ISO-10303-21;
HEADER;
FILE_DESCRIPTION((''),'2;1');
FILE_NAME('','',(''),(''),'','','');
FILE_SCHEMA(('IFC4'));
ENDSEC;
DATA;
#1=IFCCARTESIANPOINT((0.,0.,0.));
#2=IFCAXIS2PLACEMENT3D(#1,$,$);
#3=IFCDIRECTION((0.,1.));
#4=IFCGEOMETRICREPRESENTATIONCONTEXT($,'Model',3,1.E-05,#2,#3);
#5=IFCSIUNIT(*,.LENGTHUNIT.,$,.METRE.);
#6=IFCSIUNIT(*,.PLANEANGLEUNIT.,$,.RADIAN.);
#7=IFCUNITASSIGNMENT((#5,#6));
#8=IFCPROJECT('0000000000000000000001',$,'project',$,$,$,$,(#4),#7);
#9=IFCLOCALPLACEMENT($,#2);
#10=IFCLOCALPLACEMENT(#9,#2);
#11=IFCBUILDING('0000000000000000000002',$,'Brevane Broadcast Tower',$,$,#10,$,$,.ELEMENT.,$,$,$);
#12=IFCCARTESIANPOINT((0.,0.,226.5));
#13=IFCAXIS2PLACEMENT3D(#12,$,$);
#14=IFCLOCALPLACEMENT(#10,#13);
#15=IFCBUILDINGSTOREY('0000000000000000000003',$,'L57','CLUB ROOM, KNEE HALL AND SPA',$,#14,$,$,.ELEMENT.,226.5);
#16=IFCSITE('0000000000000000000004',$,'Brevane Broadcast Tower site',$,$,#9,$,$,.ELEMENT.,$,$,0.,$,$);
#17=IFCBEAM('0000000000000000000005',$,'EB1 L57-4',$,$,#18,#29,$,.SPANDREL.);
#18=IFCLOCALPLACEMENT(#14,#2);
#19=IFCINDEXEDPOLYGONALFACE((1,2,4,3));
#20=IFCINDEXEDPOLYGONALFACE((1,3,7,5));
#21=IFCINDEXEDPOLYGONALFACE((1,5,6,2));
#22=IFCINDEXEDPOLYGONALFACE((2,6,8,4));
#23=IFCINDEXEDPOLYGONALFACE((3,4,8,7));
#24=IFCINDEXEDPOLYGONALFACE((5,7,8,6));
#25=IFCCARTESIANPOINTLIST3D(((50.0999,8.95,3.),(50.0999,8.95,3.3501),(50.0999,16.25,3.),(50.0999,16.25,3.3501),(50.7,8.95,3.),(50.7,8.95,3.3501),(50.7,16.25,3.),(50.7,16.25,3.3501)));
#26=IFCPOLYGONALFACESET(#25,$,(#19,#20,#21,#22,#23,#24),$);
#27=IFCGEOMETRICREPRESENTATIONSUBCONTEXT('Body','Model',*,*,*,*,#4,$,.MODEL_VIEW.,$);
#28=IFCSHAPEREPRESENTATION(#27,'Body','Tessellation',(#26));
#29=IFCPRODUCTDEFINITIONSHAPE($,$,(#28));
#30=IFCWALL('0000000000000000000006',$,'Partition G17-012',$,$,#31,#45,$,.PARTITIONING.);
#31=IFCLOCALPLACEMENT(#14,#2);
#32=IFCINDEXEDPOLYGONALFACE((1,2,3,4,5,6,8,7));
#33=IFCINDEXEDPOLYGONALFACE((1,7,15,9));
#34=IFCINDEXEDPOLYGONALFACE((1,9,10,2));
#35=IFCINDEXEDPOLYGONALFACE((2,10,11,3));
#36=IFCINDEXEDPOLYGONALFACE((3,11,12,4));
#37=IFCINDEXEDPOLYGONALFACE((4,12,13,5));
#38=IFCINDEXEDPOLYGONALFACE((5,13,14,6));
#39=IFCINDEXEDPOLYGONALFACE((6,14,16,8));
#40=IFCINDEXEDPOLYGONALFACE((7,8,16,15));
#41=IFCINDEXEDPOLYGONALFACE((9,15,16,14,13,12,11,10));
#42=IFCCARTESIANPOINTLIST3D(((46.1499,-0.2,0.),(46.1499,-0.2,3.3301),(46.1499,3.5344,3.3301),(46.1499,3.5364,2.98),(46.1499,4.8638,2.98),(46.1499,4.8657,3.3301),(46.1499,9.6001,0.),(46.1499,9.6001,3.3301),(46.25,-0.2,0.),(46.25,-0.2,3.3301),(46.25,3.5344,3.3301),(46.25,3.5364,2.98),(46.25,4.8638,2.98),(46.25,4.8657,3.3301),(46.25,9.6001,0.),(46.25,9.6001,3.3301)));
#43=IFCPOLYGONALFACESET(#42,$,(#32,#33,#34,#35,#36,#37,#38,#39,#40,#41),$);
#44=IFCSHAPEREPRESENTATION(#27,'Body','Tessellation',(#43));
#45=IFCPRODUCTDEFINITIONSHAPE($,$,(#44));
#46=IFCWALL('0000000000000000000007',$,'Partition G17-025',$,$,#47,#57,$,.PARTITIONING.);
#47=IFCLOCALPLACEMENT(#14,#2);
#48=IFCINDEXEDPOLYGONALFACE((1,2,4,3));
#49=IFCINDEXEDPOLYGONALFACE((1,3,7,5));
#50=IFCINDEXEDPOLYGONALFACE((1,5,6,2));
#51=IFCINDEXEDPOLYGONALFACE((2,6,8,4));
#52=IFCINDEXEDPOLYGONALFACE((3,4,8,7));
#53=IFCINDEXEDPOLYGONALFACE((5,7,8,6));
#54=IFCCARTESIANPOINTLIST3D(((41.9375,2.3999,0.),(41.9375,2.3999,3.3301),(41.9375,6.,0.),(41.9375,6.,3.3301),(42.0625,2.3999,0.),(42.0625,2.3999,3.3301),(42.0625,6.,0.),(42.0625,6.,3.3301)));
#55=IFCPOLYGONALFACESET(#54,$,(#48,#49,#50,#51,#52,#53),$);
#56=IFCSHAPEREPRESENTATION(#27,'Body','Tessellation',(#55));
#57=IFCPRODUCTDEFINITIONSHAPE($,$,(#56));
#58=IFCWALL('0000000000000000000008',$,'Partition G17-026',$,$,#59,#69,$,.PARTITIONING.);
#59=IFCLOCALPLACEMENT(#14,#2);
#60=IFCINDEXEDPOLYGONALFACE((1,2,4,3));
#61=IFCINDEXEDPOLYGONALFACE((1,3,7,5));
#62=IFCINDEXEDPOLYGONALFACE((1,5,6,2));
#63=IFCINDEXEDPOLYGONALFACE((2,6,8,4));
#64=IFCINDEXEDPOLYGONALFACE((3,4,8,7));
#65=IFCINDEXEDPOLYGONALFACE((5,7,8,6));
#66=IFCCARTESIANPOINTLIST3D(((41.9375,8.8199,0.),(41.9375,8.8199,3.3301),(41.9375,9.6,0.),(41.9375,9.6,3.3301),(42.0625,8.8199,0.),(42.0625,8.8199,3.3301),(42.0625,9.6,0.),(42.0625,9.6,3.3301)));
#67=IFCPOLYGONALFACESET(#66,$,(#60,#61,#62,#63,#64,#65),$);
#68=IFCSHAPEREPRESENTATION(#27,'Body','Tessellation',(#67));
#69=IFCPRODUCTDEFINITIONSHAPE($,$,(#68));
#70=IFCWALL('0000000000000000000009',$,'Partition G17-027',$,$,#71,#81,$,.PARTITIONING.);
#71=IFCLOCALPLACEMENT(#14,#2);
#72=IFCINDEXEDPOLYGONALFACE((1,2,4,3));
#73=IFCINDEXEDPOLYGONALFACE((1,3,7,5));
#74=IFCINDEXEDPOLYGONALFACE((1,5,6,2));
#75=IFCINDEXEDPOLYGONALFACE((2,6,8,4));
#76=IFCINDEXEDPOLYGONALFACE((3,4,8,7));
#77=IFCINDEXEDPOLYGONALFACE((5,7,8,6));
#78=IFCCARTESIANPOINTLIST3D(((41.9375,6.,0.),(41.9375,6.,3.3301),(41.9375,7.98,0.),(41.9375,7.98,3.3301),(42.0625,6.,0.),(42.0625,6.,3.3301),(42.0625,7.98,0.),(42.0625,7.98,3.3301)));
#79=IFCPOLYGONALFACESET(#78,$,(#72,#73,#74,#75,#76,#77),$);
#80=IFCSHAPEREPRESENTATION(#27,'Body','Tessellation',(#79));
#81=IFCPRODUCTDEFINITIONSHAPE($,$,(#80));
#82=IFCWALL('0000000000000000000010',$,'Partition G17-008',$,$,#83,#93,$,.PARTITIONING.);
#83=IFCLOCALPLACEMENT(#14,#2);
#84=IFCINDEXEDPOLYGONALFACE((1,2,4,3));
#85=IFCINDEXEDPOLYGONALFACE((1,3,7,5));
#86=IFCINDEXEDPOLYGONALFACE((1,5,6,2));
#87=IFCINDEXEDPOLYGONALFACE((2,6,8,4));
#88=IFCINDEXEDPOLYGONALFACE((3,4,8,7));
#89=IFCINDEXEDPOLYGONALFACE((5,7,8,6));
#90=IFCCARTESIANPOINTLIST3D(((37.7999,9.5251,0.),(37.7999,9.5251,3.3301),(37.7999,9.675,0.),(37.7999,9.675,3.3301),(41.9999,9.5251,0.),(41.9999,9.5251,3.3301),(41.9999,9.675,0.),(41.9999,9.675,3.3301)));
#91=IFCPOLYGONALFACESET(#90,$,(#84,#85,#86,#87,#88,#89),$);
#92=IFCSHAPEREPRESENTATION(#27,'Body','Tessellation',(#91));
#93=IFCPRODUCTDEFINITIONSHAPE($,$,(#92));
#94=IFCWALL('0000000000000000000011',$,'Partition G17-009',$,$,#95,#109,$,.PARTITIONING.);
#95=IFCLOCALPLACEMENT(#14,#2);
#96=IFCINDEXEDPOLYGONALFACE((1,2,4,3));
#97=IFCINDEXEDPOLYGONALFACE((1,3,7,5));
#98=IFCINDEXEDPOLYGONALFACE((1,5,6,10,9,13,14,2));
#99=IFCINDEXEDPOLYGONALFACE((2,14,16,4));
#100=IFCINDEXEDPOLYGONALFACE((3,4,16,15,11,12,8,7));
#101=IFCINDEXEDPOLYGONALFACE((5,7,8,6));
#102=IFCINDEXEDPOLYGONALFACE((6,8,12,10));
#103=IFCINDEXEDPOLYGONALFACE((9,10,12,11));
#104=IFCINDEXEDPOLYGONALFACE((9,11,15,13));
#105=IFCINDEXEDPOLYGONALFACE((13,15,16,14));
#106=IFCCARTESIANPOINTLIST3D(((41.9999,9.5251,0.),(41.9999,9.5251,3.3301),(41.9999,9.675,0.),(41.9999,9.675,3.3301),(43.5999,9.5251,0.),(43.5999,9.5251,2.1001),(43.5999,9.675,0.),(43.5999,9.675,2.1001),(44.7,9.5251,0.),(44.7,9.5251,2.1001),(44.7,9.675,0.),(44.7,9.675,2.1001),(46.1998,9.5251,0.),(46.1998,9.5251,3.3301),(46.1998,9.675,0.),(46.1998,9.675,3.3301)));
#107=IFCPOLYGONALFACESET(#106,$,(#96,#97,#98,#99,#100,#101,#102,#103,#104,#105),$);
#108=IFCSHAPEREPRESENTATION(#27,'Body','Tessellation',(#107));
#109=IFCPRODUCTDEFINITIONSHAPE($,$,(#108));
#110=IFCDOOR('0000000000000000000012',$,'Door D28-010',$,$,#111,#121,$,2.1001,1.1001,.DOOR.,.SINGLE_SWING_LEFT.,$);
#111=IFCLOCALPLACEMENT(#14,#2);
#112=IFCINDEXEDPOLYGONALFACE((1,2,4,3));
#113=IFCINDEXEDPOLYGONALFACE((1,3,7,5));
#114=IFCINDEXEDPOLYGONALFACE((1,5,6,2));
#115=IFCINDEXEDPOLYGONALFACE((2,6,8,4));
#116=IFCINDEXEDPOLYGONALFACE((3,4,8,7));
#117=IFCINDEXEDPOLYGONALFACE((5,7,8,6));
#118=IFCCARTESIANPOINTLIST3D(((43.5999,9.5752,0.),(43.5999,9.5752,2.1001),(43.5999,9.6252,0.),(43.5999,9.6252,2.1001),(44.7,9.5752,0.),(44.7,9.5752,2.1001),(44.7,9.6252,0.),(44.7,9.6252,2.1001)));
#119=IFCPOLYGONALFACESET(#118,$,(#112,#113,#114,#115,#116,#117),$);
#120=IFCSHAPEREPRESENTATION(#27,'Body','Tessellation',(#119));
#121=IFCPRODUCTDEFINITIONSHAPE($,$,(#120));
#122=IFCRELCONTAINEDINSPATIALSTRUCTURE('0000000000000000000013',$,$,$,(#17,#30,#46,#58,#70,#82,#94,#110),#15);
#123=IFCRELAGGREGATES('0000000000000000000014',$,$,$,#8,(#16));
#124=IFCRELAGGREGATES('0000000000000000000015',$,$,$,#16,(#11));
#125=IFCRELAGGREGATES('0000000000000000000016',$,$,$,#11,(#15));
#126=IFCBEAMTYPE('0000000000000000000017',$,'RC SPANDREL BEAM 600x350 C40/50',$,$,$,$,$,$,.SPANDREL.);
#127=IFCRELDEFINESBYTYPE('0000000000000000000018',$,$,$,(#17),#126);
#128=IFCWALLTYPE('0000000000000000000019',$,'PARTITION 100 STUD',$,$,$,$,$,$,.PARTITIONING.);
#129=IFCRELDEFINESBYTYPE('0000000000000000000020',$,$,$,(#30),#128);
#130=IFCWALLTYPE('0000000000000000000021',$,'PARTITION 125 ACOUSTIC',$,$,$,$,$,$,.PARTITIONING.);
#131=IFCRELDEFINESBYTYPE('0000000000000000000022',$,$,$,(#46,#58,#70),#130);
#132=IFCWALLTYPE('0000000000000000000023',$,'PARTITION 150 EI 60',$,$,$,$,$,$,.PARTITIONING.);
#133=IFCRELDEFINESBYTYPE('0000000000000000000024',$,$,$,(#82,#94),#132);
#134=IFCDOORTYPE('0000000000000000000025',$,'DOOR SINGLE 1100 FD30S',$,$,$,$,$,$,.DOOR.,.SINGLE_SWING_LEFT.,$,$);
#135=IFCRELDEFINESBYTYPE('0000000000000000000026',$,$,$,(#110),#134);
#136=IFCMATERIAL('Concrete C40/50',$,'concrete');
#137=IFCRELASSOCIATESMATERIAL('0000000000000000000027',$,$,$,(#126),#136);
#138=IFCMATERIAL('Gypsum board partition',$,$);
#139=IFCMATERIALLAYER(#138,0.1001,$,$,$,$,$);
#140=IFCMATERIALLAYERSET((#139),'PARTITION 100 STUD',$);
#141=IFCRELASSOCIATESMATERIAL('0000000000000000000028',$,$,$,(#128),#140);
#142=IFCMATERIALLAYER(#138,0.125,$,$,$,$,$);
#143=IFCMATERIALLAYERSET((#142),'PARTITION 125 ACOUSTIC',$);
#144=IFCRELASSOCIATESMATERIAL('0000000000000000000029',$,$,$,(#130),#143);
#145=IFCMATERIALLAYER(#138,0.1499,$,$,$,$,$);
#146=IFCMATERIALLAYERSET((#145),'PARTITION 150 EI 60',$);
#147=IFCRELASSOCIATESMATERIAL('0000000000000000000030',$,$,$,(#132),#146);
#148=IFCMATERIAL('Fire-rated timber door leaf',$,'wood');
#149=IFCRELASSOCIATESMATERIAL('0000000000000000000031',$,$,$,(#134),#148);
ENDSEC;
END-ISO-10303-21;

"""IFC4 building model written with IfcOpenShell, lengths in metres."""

from ifc_helpers import new_model, si_unit, direction, frame, frame_2d, origin, origin_2d, place, context, subcontext, project, spatial, polyline, rectangle, outline, extrude, material, layer, layer_set, material_profile, profile_set, type_object, element, fill, save


model = new_model("IFC4")

# Units and contexts
model_context = context("Model", 3, precision=1e-05, world=origin(), true_north=direction((0.0, 1.0)))
body_context = subcontext(model_context, "Body", "Model", "MODEL_VIEW")
ifc_project = project(units=[si_unit("LENGTHUNIT", "METRE"), si_unit("PLANEANGLEUNIT", "RADIAN")], contexts=[model_context])

# Site, building, storey
site_placement = place(None, origin())
site = spatial("IfcSite", under=ifc_project, at=site_placement, Name="Brevane Broadcast Tower site", CompositionType="ELEMENT", RefElevation=0.0)
building_placement = place(site_placement, origin())
building = spatial("IfcBuilding", under=site, at=building_placement, Name="Brevane Broadcast Tower", CompositionType="ELEMENT")
storey_placement = place(building_placement, frame((0.0, 0.0, 226.5)))
storey = spatial("IfcBuildingStorey", under=building, at=storey_placement, Name="L57", Description="CLUB ROOM, KNEE HALL AND SPA", CompositionType="ELEMENT", Elevation=226.5)

# Beam
ifc_material_1 = material(Name="Concrete C40/50", Category="concrete")
ifc_material_profile_1 = material_profile(ifc_material_1, rectangle(XDim=0.6001, YDim=0.3501, at=origin_2d()), Name="RC 600x350")
ifc_profile_set_1 = profile_set([ifc_material_profile_1], Name="Concrete C40/50")
beam_type = type_object("IfcBeamType", Name="RC SPANDREL BEAM 600x350 C40/50", PredefinedType="SPANDREL", material=ifc_profile_set_1)
beam_1_placement = place(storey_placement, frame((50.3999, 8.95, 3.175), z_axis=(0.0, 1.0, 0.0), x_axis=(-1.0, 0.0, 0.0)))
element("IfcBeam", 1, at=beam_1_placement, inside=storey, type_object=beam_type, Name="EB1 L57-4", PredefinedType="SPANDREL", context=body_context, shape_type="SweptSolid", body=[
    extrude(rectangle(XDim=0.6001, YDim=0.3501, at=origin_2d()), origin(), (0.0, 0.0, 1.0), 7.3),
])

# Walls
ifc_material_2 = material(Name="Gypsum board partition")
ifc_layer_1 = layer(ifc_material_2, 0.1001)
ifc_layer_set_1 = layer_set([ifc_layer_1], Name="PARTITION 100 STUD")
wall_type_1 = type_object("IfcWallType", Name="PARTITION 100 STUD", PredefinedType="PARTITIONING", material=ifc_layer_set_1)
wall_1_placement = place(storey_placement, frame((46.2, -0.2, 0.0), z_axis=(0.0, 0.0, 1.0), x_axis=(0.0, 1.0, 0.0)))
element("IfcWall", 2, at=wall_1_placement, inside=storey, type_object=wall_type_1, Name="Partition G17-012", PredefinedType="PARTITIONING", context=body_context, shape_type="SweptSolid", body=[
    extrude(outline(polyline([(0.0, 0.0), (9.8, 0.0), (9.8, 3.3301), (5.0657, 3.3301), (5.0637, 2.98), (3.7363, 2.98), (3.7344, 3.3301), (0.0, 3.3301), (0.0, 0.0)])), frame((0.0, 0.05, 0.0), z_axis=(0.0, -1.0, 0.0), x_axis=(1.0, 0.0, 0.0)), (0.0, 0.0, 1.0), 0.1001),
])
ifc_layer_2 = layer(ifc_material_2, 0.125)
ifc_layer_set_2 = layer_set([ifc_layer_2], Name="PARTITION 125 ACOUSTIC")
wall_type_2 = type_object("IfcWallType", Name="PARTITION 125 ACOUSTIC", PredefinedType="PARTITIONING", material=ifc_layer_set_2)
wall_2_placement = place(storey_placement, frame((42.0, 6.0, 0.0), z_axis=(0.0, 0.0, 1.0), x_axis=(0.0, -1.0, 0.0)))
element("IfcWall", 3, at=wall_2_placement, inside=storey, type_object=wall_type_2, Name="Partition G17-025", PredefinedType="PARTITIONING", context=body_context, shape_type="SweptSolid", body=[
    extrude(rectangle(XDim=3.6001, YDim=0.125, at=frame_2d((1.8, 0.0))), origin(), (0.0, 0.0, 1.0), 3.3301),
])
wall_3_placement = place(storey_placement, frame((42.0, 9.6001, 0.0), z_axis=(0.0, 0.0, 1.0), x_axis=(0.0, -1.0, 0.0)))
element("IfcWall", 4, at=wall_3_placement, inside=storey, type_object=wall_type_2, Name="Partition G17-026", PredefinedType="PARTITIONING", context=body_context, shape_type="SweptSolid", body=[
    extrude(rectangle(XDim=0.78, YDim=0.125, at=frame_2d((0.3901, 0.0))), origin(), (0.0, 0.0, 1.0), 3.3301),
])
wall_4_placement = place(storey_placement, frame((42.0, 7.98, 0.0), z_axis=(0.0, 0.0, 1.0), x_axis=(0.0, -1.0, 0.0)))
element("IfcWall", 5, at=wall_4_placement, inside=storey, type_object=wall_type_2, Name="Partition G17-027", PredefinedType="PARTITIONING", context=body_context, shape_type="SweptSolid", body=[
    extrude(rectangle(XDim=1.98, YDim=0.125, at=frame_2d((0.99, 0.0))), origin(), (0.0, 0.0, 1.0), 3.3301),
])
ifc_layer_3 = layer(ifc_material_2, 0.1499)
ifc_layer_set_3 = layer_set([ifc_layer_3], Name="PARTITION 150 EI 60")
wall_type_3 = type_object("IfcWallType", Name="PARTITION 150 EI 60", PredefinedType="PARTITIONING", material=ifc_layer_set_3)
wall_5_placement = place(storey_placement, frame((42.0, 9.6001, 0.0), z_axis=(0.0, 0.0, 1.0), x_axis=(-1.0, 0.0, 0.0)))
element("IfcWall", 6, at=wall_5_placement, inside=storey, type_object=wall_type_3, Name="Partition G17-008", PredefinedType="PARTITIONING", context=body_context, shape_type="SweptSolid", body=[
    extrude(rectangle(XDim=4.2, YDim=0.1499, at=frame_2d((2.1001, 0.0))), origin(), (0.0, 0.0, 1.0), 3.3301),
])

# Wall, opening, door
wall_6_placement = place(storey_placement, frame((46.2, 9.6001, 0.0), z_axis=(0.0, 0.0, 1.0), x_axis=(-1.0, 0.0, 0.0)))
wall_6 = element("IfcWall", 7, at=wall_6_placement, inside=storey, type_object=wall_type_3, Name="Partition G17-009", PredefinedType="PARTITIONING", context=body_context, shape_type="SweptSolid", body=[
    extrude(rectangle(XDim=4.2, YDim=0.1499, at=frame_2d((2.1001, 0.0))), origin(), (0.0, 0.0, 1.0), 3.3301),
])
opening_placement = place(wall_6_placement, frame((1.5, 0.0, 0.0)))
opening = element("IfcOpeningElement", 8, at=opening_placement, cuts=wall_6, PredefinedType="OPENING", context=body_context, shape_type="SweptSolid", body=[
    extrude(rectangle(XDim=1.1001, YDim=2.1001, at=frame_2d((0.55, 1.05))), frame((0.0, 0.085, 0.0), z_axis=(0.0, -1.0, 0.0), x_axis=(1.0, 0.0, 0.0)), (0.0, 0.0, 1.0), 0.1699),
])
ifc_material_3 = material(Name="Fire-rated timber door leaf", Category="wood")
door_type = type_object("IfcDoorType", Name="DOOR SINGLE 1100 FD30S", OperationType="SINGLE_SWING_LEFT", PredefinedType="DOOR", material=ifc_material_3)
door_placement = place(opening_placement, origin())
door = element("IfcDoor", 9, at=door_placement, inside=storey, type_object=door_type, Name="Door D28-010", OperationType="SINGLE_SWING_LEFT", OverallHeight=2.1001, OverallWidth=1.1001, PredefinedType="DOOR", context=body_context, shape_type="SweptSolid", body=[
    extrude(rectangle(XDim=1.1001, YDim=2.1001, at=frame_2d((0.55, 1.05))), frame((0.0, 0.0249, 0.0), z_axis=(0.0, -1.0, 0.0), x_axis=(1.0, 0.0, 0.0)), (0.0, 0.0, 1.0), 0.05),
])
fill(opening, door)

save(model, "model.ifc")
